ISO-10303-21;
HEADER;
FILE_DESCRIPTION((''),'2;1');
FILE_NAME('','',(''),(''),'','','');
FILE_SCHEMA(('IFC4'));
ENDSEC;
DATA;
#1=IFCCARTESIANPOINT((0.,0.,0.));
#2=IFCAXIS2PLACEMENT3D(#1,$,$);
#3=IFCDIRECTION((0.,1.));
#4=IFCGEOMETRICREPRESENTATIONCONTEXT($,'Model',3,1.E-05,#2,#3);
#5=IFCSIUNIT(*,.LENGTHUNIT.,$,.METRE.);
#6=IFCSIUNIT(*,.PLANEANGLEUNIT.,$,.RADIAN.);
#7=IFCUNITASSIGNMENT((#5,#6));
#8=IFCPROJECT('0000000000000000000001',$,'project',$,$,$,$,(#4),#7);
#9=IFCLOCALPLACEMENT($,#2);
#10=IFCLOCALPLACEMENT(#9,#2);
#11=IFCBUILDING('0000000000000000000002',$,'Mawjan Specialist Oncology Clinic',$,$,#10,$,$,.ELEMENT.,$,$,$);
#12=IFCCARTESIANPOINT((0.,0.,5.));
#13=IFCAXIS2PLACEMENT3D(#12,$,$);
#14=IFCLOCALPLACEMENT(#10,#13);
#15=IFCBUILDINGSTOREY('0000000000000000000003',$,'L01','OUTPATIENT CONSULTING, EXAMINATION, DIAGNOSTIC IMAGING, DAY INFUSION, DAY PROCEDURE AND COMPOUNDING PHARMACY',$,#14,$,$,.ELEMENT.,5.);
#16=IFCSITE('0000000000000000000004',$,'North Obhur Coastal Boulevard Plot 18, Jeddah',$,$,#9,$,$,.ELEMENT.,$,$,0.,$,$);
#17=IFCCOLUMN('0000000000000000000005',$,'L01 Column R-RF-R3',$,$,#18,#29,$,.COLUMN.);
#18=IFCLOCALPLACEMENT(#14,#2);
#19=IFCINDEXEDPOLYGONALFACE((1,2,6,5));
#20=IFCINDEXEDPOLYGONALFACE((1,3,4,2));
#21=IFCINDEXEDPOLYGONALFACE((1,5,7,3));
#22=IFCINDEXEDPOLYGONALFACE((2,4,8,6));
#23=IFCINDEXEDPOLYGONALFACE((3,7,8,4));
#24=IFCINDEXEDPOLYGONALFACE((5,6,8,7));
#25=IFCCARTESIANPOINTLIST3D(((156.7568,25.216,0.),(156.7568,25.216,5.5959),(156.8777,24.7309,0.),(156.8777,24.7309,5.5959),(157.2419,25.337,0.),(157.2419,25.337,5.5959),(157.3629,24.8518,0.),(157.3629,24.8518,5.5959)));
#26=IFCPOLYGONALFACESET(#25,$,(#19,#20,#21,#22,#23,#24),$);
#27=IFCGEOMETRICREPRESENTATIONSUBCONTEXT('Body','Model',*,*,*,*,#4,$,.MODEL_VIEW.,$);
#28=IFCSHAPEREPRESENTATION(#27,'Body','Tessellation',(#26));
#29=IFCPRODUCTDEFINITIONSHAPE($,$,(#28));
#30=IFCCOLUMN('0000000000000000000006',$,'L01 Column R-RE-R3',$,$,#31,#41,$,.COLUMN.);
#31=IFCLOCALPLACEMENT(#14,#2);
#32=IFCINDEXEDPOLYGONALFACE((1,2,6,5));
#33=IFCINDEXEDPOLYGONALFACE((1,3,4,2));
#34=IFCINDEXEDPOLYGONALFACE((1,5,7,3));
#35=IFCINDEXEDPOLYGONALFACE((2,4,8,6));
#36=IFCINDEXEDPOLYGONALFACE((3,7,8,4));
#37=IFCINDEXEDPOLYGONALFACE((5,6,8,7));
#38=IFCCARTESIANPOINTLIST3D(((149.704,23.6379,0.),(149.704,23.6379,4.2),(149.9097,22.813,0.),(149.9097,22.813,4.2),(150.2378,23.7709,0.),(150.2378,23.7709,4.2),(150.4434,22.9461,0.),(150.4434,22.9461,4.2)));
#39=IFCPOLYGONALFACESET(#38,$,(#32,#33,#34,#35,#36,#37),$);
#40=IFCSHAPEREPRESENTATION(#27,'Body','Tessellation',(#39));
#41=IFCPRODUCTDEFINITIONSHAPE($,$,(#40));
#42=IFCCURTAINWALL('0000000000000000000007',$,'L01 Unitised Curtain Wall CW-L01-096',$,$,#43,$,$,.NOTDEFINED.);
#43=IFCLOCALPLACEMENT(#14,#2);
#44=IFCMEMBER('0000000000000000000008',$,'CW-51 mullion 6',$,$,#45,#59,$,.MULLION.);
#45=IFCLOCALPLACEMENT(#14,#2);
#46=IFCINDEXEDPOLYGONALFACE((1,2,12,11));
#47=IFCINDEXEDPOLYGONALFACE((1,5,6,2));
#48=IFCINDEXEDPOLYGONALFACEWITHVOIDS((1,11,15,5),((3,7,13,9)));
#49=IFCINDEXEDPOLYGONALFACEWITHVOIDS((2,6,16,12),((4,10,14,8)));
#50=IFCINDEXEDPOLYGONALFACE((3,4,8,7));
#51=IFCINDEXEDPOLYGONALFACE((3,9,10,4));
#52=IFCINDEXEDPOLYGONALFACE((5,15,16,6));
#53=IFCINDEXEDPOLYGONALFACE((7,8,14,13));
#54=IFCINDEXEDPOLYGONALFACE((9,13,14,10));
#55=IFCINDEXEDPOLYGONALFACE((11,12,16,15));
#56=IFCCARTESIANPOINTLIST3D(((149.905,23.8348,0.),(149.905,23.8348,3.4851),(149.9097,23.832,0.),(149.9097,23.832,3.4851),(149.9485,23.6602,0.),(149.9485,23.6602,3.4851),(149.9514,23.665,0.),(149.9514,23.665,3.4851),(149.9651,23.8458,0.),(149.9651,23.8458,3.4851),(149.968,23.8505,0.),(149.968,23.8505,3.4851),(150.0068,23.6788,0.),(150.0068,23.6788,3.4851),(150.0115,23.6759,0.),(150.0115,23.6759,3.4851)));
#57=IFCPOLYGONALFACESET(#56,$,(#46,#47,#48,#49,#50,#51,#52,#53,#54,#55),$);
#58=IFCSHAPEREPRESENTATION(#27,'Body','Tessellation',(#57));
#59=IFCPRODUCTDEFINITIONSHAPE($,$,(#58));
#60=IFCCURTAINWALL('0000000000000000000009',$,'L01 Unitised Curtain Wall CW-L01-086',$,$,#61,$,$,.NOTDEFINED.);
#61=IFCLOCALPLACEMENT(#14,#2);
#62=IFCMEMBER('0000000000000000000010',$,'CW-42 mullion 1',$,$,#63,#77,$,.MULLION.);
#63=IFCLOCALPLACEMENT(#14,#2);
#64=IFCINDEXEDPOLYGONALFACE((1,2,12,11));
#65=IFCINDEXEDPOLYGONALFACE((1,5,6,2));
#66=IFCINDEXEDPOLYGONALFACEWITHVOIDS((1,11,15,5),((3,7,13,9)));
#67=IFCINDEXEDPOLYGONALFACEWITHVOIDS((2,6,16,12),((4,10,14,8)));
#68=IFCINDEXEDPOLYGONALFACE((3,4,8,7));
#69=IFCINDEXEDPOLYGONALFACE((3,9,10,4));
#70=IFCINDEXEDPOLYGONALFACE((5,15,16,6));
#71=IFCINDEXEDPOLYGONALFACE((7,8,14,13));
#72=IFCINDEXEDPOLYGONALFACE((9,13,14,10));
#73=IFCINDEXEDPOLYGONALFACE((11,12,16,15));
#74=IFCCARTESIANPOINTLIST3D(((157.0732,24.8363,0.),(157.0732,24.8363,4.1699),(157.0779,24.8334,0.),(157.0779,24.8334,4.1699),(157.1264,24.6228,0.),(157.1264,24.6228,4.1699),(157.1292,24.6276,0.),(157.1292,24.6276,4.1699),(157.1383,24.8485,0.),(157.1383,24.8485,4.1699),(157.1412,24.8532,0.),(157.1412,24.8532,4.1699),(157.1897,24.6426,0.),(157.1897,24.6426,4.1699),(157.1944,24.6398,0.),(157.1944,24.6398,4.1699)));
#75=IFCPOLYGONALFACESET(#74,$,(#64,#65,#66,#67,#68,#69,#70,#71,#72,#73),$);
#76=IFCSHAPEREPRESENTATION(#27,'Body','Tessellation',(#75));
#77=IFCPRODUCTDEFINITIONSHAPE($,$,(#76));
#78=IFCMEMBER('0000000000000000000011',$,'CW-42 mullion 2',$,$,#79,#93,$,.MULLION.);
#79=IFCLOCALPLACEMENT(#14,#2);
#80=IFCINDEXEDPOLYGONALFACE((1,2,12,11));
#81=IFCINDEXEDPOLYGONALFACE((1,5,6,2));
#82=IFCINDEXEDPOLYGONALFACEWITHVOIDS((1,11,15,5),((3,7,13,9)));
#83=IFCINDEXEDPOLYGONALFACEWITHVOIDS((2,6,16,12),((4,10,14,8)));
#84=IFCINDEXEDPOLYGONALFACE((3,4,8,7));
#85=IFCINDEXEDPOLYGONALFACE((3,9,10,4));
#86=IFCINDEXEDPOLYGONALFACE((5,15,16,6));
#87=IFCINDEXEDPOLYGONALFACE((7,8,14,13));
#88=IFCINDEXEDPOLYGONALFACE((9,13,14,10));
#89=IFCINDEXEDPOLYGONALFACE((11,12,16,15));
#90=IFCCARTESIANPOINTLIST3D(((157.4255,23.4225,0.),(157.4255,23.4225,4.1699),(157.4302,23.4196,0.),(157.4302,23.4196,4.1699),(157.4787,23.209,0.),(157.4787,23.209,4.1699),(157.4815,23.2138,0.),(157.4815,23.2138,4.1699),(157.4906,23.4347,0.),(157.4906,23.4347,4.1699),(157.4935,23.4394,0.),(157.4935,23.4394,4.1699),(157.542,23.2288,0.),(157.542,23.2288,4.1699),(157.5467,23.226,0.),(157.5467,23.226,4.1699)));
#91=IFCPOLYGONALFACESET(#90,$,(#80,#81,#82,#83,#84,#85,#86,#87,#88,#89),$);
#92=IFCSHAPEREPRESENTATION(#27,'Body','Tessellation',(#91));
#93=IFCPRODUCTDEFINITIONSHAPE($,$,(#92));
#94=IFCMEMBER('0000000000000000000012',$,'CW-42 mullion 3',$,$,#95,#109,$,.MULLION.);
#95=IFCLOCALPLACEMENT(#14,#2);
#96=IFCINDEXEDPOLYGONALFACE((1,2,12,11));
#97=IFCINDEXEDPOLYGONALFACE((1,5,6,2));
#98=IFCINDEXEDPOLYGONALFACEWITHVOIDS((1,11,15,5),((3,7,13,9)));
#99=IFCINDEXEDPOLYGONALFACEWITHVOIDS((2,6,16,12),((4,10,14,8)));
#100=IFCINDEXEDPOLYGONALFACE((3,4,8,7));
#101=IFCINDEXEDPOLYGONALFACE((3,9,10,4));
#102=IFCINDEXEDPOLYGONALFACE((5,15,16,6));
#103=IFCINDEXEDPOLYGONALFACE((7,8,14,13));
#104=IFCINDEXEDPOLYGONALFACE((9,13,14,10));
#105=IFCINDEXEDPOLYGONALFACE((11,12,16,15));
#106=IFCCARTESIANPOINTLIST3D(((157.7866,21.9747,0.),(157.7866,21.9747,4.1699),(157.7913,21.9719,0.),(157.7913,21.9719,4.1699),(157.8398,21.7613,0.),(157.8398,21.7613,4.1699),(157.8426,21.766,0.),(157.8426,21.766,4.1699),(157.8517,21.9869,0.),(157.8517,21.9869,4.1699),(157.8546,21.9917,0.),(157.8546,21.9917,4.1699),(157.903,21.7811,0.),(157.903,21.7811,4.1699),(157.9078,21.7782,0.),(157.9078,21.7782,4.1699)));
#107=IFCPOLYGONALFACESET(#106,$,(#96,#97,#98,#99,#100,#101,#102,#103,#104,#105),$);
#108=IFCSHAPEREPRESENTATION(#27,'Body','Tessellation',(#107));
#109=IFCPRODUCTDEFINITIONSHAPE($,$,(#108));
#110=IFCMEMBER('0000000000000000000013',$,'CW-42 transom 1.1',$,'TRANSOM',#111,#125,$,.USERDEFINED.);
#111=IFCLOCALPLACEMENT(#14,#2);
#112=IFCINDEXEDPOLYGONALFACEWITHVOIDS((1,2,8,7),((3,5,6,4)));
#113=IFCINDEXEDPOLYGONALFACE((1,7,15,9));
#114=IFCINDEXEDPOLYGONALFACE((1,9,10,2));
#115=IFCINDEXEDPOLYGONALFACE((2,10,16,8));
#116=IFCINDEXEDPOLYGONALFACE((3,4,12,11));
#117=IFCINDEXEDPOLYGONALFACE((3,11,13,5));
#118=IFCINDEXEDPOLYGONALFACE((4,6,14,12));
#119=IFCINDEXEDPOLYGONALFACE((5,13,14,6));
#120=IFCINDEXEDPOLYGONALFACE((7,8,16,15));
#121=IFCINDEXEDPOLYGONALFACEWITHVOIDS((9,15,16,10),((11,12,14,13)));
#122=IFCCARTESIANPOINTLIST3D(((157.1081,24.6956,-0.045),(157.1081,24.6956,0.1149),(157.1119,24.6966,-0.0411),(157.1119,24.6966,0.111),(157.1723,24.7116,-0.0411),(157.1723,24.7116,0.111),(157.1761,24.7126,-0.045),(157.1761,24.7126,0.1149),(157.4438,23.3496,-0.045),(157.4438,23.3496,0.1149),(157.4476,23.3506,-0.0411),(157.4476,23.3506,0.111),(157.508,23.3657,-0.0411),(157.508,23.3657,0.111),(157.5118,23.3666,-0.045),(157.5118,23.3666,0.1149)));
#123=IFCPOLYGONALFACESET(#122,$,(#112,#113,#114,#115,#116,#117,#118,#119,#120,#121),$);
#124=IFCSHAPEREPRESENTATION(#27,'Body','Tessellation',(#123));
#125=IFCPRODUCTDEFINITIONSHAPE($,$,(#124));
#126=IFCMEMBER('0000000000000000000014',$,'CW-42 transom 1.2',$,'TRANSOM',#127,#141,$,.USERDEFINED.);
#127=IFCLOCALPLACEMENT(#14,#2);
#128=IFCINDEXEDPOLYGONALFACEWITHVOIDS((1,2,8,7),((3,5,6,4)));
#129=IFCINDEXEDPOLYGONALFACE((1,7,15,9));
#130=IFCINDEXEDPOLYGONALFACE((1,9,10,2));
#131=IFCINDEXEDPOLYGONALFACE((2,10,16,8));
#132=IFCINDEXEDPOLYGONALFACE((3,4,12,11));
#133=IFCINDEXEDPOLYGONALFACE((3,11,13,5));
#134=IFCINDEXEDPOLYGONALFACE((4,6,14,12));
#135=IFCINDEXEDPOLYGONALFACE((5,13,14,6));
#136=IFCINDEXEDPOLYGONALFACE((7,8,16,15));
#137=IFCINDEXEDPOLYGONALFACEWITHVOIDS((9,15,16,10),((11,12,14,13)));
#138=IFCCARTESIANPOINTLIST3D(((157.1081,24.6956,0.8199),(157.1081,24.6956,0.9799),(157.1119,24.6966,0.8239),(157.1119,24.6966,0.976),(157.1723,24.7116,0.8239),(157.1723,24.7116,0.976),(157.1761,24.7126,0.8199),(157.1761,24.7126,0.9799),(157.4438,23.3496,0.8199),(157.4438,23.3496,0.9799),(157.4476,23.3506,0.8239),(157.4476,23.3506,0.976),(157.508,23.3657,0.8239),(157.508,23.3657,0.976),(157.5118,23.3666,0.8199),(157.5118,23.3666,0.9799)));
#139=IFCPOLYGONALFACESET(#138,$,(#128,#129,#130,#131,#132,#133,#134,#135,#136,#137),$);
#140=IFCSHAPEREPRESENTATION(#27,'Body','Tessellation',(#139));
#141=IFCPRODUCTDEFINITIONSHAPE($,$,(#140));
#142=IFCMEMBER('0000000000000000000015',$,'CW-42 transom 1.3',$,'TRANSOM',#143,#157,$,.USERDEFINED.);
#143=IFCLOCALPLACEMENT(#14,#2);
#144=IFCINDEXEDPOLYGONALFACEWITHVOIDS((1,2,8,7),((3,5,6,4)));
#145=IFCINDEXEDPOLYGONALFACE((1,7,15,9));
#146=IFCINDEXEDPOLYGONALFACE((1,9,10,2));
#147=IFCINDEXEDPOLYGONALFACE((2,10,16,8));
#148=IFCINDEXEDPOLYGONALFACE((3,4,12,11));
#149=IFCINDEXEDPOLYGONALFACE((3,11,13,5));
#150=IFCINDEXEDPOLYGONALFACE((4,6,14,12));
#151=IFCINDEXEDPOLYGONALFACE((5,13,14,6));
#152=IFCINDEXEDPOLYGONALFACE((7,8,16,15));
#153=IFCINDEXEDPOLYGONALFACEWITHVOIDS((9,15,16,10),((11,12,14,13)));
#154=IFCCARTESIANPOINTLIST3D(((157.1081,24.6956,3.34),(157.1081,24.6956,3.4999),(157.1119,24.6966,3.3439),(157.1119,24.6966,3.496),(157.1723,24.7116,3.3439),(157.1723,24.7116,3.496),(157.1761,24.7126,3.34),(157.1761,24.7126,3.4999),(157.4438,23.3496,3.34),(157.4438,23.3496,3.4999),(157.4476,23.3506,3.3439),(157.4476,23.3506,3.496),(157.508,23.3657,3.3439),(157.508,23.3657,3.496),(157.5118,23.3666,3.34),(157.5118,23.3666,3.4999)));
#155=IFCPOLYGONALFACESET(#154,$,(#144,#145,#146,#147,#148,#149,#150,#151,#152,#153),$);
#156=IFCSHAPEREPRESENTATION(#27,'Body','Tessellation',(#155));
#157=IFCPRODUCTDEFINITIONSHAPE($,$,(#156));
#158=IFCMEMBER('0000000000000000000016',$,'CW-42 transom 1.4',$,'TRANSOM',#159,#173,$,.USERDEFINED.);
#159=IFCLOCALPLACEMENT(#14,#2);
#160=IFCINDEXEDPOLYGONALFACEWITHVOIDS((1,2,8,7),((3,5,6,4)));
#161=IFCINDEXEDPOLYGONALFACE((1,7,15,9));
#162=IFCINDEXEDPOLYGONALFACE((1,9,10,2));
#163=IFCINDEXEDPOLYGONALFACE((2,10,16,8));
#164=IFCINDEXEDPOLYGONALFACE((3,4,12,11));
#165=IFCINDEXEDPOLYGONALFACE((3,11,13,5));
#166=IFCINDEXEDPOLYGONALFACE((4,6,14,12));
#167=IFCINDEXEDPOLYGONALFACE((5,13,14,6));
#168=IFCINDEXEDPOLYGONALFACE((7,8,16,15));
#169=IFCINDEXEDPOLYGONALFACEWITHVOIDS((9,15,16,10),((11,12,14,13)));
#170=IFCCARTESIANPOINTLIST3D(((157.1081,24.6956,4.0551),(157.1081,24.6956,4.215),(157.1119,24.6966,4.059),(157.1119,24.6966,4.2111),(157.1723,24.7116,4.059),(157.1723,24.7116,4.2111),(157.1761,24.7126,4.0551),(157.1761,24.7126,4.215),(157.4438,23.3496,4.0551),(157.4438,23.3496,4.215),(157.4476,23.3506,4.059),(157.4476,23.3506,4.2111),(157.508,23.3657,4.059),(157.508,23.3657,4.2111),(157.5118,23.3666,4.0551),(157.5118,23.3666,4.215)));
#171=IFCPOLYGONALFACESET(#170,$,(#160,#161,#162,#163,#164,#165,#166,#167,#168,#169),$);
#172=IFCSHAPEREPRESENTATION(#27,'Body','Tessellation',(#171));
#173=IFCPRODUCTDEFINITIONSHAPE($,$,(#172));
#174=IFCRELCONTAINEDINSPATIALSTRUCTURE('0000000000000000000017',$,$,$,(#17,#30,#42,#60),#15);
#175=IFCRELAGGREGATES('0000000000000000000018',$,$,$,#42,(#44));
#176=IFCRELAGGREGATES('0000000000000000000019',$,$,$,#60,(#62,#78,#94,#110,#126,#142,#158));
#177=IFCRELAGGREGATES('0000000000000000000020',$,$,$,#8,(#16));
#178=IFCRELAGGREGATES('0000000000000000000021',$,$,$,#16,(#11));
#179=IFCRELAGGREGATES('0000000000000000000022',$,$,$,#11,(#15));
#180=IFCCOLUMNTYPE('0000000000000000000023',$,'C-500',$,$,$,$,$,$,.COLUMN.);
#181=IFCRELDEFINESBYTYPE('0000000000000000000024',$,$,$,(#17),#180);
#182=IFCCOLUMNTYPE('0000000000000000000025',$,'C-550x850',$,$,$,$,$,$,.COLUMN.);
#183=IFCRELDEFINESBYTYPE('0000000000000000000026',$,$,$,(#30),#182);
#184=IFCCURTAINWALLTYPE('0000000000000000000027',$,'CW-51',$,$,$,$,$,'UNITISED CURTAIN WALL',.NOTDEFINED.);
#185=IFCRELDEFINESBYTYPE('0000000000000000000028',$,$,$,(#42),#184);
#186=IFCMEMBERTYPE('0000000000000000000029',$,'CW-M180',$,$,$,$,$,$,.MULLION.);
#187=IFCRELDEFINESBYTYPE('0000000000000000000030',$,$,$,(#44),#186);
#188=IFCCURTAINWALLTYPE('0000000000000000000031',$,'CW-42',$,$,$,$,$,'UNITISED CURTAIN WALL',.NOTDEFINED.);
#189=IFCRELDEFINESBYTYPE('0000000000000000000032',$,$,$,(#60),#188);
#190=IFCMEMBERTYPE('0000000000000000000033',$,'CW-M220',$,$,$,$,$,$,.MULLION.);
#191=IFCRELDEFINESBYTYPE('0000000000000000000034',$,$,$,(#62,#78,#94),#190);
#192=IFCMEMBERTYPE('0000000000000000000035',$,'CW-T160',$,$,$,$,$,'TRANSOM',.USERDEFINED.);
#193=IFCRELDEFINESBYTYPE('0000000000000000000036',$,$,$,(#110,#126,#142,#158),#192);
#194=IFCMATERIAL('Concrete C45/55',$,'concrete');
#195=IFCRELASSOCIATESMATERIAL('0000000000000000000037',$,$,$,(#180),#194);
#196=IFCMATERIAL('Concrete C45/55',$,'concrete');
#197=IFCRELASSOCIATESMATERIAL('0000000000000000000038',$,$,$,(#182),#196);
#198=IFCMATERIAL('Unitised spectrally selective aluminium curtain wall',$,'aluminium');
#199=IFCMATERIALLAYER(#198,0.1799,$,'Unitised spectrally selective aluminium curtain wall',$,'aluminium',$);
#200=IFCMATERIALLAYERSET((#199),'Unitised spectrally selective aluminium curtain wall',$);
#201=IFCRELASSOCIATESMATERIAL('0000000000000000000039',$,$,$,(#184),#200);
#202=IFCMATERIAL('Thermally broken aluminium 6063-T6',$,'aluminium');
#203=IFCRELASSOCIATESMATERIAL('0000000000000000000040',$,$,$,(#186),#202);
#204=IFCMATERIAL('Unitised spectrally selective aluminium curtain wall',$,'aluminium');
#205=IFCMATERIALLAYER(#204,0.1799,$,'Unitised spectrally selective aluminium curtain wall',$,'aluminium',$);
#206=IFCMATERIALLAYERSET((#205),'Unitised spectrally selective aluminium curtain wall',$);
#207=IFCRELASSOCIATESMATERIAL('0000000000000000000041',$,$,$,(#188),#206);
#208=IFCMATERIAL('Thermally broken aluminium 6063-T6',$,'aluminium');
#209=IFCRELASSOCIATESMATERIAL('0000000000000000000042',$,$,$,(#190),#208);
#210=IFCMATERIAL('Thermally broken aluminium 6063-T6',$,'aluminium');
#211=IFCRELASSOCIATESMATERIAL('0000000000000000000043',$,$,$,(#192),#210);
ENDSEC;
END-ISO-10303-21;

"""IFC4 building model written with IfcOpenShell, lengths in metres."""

from ifc_helpers import new_model, si_unit, direction, frame, origin, origin_2d, place, context, subcontext, project, spatial, rectangle, hollow_rectangle, extrude, material, layer, layer_set, material_profile, profile_set, type_object, element, aggregate, save


model = new_model("IFC4")

# Units and contexts
model_context = context("Model", 3, precision=1e-05, world=origin(), true_north=direction((0.0, 1.0)))
body_context = subcontext(model_context, "Body", "Model", "MODEL_VIEW")
ifc_project = project(units=[si_unit("LENGTHUNIT", "METRE"), si_unit("PLANEANGLEUNIT", "RADIAN")], contexts=[model_context])

# Site, building, storey
site_placement = place(None, origin())
site = spatial("IfcSite", under=ifc_project, at=site_placement, Name="North Obhur Coastal Boulevard Plot 18, Jeddah", CompositionType="ELEMENT", RefElevation=0.0)
building_placement = place(site_placement, origin())
building = spatial("IfcBuilding", under=site, at=building_placement, Name="Mawjan Specialist Oncology Clinic", CompositionType="ELEMENT")
storey_placement = place(building_placement, frame((0.0, 0.0, 5.0)))
storey = spatial("IfcBuildingStorey", under=building, at=storey_placement, Name="L01", Description="OUTPATIENT CONSULTING, EXAMINATION, DIAGNOSTIC IMAGING, DAY INFUSION, DAY PROCEDURE AND COMPOUNDING PHARMACY", CompositionType="ELEMENT", Elevation=5.0)

# Columns
ifc_material_1 = material(Name="Concrete C45/55", Category="concrete")
ifc_material_profile_1 = material_profile(ifc_material_1, rectangle(XDim=0.5, YDim=0.5, at=origin_2d()), Name="RC COL 500x500", Category="concrete")
ifc_profile_set_1 = profile_set([ifc_material_profile_1], Name="Concrete C45/55")
column_type_1 = type_object("IfcColumnType", Name="C-500", PredefinedType="COLUMN", material=ifc_profile_set_1)
column_1_placement = place(storey_placement, frame((157.0598, 25.0339, 0.0), z_axis=(0.0, 0.0, 1.0), x_axis=(0.970296, 0.241922, 0.0)))
element("IfcColumn", 1, at=column_1_placement, inside=storey, type_object=column_type_1, Name="L01 Column R-RF-R3", PredefinedType="COLUMN", context=body_context, shape_type="SweptSolid", body=[
    extrude(rectangle(XDim=0.5, YDim=0.5, at=origin_2d()), origin(), (0.0, 0.0, 1.0), 5.5959),
])
ifc_material_2 = material(Name="Concrete C45/55", Category="concrete")
ifc_material_profile_2 = material_profile(ifc_material_2, rectangle(XDim=0.55, YDim=0.8501, at=origin_2d()), Name="RC COL 550x850", Category="concrete")
ifc_profile_set_2 = profile_set([ifc_material_profile_2], Name="Concrete C45/55")
column_type_2 = type_object("IfcColumnType", Name="C-550x850", PredefinedType="COLUMN", material=ifc_profile_set_2)
column_2_placement = place(storey_placement, frame((150.0737, 23.292, 0.0), z_axis=(0.0, 0.0, 1.0), x_axis=(0.970296, 0.241922, 0.0)))
element("IfcColumn", 2, at=column_2_placement, inside=storey, type_object=column_type_2, Name="L01 Column R-RE-R3", PredefinedType="COLUMN", context=body_context, shape_type="SweptSolid", body=[
    extrude(rectangle(XDim=0.55, YDim=0.8501, at=origin_2d()), origin(), (0.0, 0.0, 1.0), 4.2),
])

# Curtain wall, member
ifc_material_3 = material(Name="Unitised spectrally selective aluminium curtain wall", Category="aluminium")
ifc_layer_1 = layer(ifc_material_3, 0.1799, Name="Unitised spectrally selective aluminium curtain wall", Category="aluminium")
ifc_layer_set_1 = layer_set([ifc_layer_1], Name="Unitised spectrally selective aluminium curtain wall")
curtain_wall_type_1 = type_object("IfcCurtainWallType", Name="CW-51", ElementType="UNITISED CURTAIN WALL", PredefinedType="NOTDEFINED", material=ifc_layer_set_1)
curtain_wall_1_placement = place(storey_placement, origin())
curtain_wall_1 = element("IfcCurtainWall", 3, at=curtain_wall_1_placement, inside=storey, type_object=curtain_wall_type_1, Name="L01 Unitised Curtain Wall CW-L01-096", PredefinedType="NOTDEFINED")
ifc_material_4 = material(Name="Thermally broken aluminium 6063-T6", Category="aluminium")
ifc_material_profile_3 = material_profile(ifc_material_4, hollow_rectangle(XDim=0.0649, YDim=0.1799, WallThickness=0.0039, at=origin_2d()), Name="ALU MULLION 180x65x4", Category="aluminium")
ifc_profile_set_3 = profile_set([ifc_material_profile_3], Name="Thermally broken aluminium 6063-T6")
member_type_1 = type_object("IfcMemberType", Name="CW-M180", PredefinedType="MULLION", material=ifc_profile_set_3)
member_1_placement = place(storey_placement, frame((149.9583, 23.7554, 0.0), z_axis=(0.0, 0.0, 1.0), x_axis=(0.970296, 0.241922, 0.0)))
member_1 = element("IfcMember", 4, at=member_1_placement, type_object=member_type_1, Name="CW-51 mullion 6", PredefinedType="MULLION", context=body_context, shape_type="SweptSolid", body=[
    extrude(hollow_rectangle(XDim=0.0649, YDim=0.1799, WallThickness=0.0039, at=origin_2d()), origin(), (0.0, 0.0, 1.0), 3.4851),
])
aggregate(curtain_wall_1, [member_1])

# Curtain wall, members
ifc_material_5 = material(Name="Unitised spectrally selective aluminium curtain wall", Category="aluminium")
ifc_layer_2 = layer(ifc_material_5, 0.1799, Name="Unitised spectrally selective aluminium curtain wall", Category="aluminium")
ifc_layer_set_2 = layer_set([ifc_layer_2], Name="Unitised spectrally selective aluminium curtain wall")
curtain_wall_type_2 = type_object("IfcCurtainWallType", Name="CW-42", ElementType="UNITISED CURTAIN WALL", PredefinedType="NOTDEFINED", material=ifc_layer_set_2)
curtain_wall_2_placement = place(storey_placement, origin())
curtain_wall_2 = element("IfcCurtainWall", 5, at=curtain_wall_2_placement, inside=storey, type_object=curtain_wall_type_2, Name="L01 Unitised Curtain Wall CW-L01-086", PredefinedType="NOTDEFINED")
ifc_material_6 = material(Name="Thermally broken aluminium 6063-T6", Category="aluminium")
ifc_material_profile_4 = material_profile(ifc_material_6, hollow_rectangle(XDim=0.0701, YDim=0.22, WallThickness=0.0039, at=origin_2d()), Name="ALU MULLION 220x70x4", Category="aluminium")
ifc_profile_set_4 = profile_set([ifc_material_profile_4], Name="Thermally broken aluminium 6063-T6")
member_type_2 = type_object("IfcMemberType", Name="CW-M220", PredefinedType="MULLION", material=ifc_profile_set_4)
member_2_placement = place(storey_placement, frame((157.1338, 24.738, 0.0), z_axis=(0.0, 0.0, 1.0), x_axis=(0.970296, 0.241922, 0.0)))
member_2 = element("IfcMember", 6, at=member_2_placement, type_object=member_type_2, Name="CW-42 mullion 1", PredefinedType="MULLION", context=body_context, shape_type="SweptSolid", body=[
    extrude(hollow_rectangle(XDim=0.0701, YDim=0.22, WallThickness=0.0039, at=origin_2d()), origin(), (0.0, 0.0, 1.0), 4.1699),
])
member_3_placement = place(storey_placement, frame((157.4861, 23.3242, 0.0), z_axis=(0.0, 0.0, 1.0), x_axis=(0.970296, 0.241922, 0.0)))
member_3 = element("IfcMember", 7, at=member_3_placement, type_object=member_type_2, Name="CW-42 mullion 2", PredefinedType="MULLION", context=body_context, shape_type="SweptSolid", body=[
    extrude(hollow_rectangle(XDim=0.0701, YDim=0.22, WallThickness=0.0039, at=origin_2d()), origin(), (0.0, 0.0, 1.0), 4.1699),
])
member_4_placement = place(storey_placement, frame((157.8472, 21.8765, 0.0), z_axis=(0.0, 0.0, 1.0), x_axis=(0.970296, 0.241922, 0.0)))
member_4 = element("IfcMember", 8, at=member_4_placement, type_object=member_type_2, Name="CW-42 mullion 3", PredefinedType="MULLION", context=body_context, shape_type="SweptSolid", body=[
    extrude(hollow_rectangle(XDim=0.0701, YDim=0.22, WallThickness=0.0039, at=origin_2d()), origin(), (0.0, 0.0, 1.0), 4.1699),
])
ifc_material_7 = material(Name="Thermally broken aluminium 6063-T6", Category="aluminium")
ifc_material_profile_5 = material_profile(ifc_material_7, hollow_rectangle(XDim=0.0701, YDim=0.1599, WallThickness=0.0039, at=origin_2d()), Name="ALU TRANSOM 160x70x4", Category="aluminium")
ifc_profile_set_5 = profile_set([ifc_material_profile_5], Name="Thermally broken aluminium 6063-T6")
member_type_3 = type_object("IfcMemberType", Name="CW-T160", ElementType="TRANSOM", PredefinedType="USERDEFINED", material=ifc_profile_set_5)
member_5_placement = place(storey_placement, frame((157.1421, 24.7041, 0.0349), z_axis=(0.241997, -0.970277, 0.0), x_axis=(0.970277, 0.241997, 0.0)))
member_5 = element("IfcMember", 9, at=member_5_placement, type_object=member_type_3, Name="CW-42 transom 1.1", ObjectType="TRANSOM", PredefinedType="USERDEFINED", context=body_context, shape_type="SweptSolid", body=[
    extrude(hollow_rectangle(XDim=0.0701, YDim=0.1599, WallThickness=0.0039, at=origin_2d()), origin(), (0.0, 0.0, 1.0), 1.3872),
])
member_6_placement = place(storey_placement, frame((157.1421, 24.7041, 0.8999), z_axis=(0.241997, -0.970277, 0.0), x_axis=(0.970277, 0.241997, 0.0)))
member_6 = element("IfcMember", 10, at=member_6_placement, type_object=member_type_3, Name="CW-42 transom 1.2", ObjectType="TRANSOM", PredefinedType="USERDEFINED", context=body_context, shape_type="SweptSolid", body=[
    extrude(hollow_rectangle(XDim=0.0701, YDim=0.1599, WallThickness=0.0039, at=origin_2d()), origin(), (0.0, 0.0, 1.0), 1.3872),
])
member_7_placement = place(storey_placement, frame((157.1421, 24.7041, 3.4199), z_axis=(0.241997, -0.970277, 0.0), x_axis=(0.970277, 0.241997, 0.0)))
member_7 = element("IfcMember", 11, at=member_7_placement, type_object=member_type_3, Name="CW-42 transom 1.3", ObjectType="TRANSOM", PredefinedType="USERDEFINED", context=body_context, shape_type="SweptSolid", body=[
    extrude(hollow_rectangle(XDim=0.0701, YDim=0.1599, WallThickness=0.0039, at=origin_2d()), origin(), (0.0, 0.0, 1.0), 1.3872),
])
member_8_placement = place(storey_placement, frame((157.1421, 24.7041, 4.135), z_axis=(0.241997, -0.970277, 0.0), x_axis=(0.970277, 0.241997, 0.0)))
member_8 = element("IfcMember", 12, at=member_8_placement, type_object=member_type_3, Name="CW-42 transom 1.4", ObjectType="TRANSOM", PredefinedType="USERDEFINED", context=body_context, shape_type="SweptSolid", body=[
    extrude(hollow_rectangle(XDim=0.0701, YDim=0.1599, WallThickness=0.0039, at=origin_2d()), origin(), (0.0, 0.0, 1.0), 1.3872),
])

aggregate(curtain_wall_2, [member_2, member_3, member_4, member_5, member_6, member_7, member_8])

save(model, "model.ifc")
